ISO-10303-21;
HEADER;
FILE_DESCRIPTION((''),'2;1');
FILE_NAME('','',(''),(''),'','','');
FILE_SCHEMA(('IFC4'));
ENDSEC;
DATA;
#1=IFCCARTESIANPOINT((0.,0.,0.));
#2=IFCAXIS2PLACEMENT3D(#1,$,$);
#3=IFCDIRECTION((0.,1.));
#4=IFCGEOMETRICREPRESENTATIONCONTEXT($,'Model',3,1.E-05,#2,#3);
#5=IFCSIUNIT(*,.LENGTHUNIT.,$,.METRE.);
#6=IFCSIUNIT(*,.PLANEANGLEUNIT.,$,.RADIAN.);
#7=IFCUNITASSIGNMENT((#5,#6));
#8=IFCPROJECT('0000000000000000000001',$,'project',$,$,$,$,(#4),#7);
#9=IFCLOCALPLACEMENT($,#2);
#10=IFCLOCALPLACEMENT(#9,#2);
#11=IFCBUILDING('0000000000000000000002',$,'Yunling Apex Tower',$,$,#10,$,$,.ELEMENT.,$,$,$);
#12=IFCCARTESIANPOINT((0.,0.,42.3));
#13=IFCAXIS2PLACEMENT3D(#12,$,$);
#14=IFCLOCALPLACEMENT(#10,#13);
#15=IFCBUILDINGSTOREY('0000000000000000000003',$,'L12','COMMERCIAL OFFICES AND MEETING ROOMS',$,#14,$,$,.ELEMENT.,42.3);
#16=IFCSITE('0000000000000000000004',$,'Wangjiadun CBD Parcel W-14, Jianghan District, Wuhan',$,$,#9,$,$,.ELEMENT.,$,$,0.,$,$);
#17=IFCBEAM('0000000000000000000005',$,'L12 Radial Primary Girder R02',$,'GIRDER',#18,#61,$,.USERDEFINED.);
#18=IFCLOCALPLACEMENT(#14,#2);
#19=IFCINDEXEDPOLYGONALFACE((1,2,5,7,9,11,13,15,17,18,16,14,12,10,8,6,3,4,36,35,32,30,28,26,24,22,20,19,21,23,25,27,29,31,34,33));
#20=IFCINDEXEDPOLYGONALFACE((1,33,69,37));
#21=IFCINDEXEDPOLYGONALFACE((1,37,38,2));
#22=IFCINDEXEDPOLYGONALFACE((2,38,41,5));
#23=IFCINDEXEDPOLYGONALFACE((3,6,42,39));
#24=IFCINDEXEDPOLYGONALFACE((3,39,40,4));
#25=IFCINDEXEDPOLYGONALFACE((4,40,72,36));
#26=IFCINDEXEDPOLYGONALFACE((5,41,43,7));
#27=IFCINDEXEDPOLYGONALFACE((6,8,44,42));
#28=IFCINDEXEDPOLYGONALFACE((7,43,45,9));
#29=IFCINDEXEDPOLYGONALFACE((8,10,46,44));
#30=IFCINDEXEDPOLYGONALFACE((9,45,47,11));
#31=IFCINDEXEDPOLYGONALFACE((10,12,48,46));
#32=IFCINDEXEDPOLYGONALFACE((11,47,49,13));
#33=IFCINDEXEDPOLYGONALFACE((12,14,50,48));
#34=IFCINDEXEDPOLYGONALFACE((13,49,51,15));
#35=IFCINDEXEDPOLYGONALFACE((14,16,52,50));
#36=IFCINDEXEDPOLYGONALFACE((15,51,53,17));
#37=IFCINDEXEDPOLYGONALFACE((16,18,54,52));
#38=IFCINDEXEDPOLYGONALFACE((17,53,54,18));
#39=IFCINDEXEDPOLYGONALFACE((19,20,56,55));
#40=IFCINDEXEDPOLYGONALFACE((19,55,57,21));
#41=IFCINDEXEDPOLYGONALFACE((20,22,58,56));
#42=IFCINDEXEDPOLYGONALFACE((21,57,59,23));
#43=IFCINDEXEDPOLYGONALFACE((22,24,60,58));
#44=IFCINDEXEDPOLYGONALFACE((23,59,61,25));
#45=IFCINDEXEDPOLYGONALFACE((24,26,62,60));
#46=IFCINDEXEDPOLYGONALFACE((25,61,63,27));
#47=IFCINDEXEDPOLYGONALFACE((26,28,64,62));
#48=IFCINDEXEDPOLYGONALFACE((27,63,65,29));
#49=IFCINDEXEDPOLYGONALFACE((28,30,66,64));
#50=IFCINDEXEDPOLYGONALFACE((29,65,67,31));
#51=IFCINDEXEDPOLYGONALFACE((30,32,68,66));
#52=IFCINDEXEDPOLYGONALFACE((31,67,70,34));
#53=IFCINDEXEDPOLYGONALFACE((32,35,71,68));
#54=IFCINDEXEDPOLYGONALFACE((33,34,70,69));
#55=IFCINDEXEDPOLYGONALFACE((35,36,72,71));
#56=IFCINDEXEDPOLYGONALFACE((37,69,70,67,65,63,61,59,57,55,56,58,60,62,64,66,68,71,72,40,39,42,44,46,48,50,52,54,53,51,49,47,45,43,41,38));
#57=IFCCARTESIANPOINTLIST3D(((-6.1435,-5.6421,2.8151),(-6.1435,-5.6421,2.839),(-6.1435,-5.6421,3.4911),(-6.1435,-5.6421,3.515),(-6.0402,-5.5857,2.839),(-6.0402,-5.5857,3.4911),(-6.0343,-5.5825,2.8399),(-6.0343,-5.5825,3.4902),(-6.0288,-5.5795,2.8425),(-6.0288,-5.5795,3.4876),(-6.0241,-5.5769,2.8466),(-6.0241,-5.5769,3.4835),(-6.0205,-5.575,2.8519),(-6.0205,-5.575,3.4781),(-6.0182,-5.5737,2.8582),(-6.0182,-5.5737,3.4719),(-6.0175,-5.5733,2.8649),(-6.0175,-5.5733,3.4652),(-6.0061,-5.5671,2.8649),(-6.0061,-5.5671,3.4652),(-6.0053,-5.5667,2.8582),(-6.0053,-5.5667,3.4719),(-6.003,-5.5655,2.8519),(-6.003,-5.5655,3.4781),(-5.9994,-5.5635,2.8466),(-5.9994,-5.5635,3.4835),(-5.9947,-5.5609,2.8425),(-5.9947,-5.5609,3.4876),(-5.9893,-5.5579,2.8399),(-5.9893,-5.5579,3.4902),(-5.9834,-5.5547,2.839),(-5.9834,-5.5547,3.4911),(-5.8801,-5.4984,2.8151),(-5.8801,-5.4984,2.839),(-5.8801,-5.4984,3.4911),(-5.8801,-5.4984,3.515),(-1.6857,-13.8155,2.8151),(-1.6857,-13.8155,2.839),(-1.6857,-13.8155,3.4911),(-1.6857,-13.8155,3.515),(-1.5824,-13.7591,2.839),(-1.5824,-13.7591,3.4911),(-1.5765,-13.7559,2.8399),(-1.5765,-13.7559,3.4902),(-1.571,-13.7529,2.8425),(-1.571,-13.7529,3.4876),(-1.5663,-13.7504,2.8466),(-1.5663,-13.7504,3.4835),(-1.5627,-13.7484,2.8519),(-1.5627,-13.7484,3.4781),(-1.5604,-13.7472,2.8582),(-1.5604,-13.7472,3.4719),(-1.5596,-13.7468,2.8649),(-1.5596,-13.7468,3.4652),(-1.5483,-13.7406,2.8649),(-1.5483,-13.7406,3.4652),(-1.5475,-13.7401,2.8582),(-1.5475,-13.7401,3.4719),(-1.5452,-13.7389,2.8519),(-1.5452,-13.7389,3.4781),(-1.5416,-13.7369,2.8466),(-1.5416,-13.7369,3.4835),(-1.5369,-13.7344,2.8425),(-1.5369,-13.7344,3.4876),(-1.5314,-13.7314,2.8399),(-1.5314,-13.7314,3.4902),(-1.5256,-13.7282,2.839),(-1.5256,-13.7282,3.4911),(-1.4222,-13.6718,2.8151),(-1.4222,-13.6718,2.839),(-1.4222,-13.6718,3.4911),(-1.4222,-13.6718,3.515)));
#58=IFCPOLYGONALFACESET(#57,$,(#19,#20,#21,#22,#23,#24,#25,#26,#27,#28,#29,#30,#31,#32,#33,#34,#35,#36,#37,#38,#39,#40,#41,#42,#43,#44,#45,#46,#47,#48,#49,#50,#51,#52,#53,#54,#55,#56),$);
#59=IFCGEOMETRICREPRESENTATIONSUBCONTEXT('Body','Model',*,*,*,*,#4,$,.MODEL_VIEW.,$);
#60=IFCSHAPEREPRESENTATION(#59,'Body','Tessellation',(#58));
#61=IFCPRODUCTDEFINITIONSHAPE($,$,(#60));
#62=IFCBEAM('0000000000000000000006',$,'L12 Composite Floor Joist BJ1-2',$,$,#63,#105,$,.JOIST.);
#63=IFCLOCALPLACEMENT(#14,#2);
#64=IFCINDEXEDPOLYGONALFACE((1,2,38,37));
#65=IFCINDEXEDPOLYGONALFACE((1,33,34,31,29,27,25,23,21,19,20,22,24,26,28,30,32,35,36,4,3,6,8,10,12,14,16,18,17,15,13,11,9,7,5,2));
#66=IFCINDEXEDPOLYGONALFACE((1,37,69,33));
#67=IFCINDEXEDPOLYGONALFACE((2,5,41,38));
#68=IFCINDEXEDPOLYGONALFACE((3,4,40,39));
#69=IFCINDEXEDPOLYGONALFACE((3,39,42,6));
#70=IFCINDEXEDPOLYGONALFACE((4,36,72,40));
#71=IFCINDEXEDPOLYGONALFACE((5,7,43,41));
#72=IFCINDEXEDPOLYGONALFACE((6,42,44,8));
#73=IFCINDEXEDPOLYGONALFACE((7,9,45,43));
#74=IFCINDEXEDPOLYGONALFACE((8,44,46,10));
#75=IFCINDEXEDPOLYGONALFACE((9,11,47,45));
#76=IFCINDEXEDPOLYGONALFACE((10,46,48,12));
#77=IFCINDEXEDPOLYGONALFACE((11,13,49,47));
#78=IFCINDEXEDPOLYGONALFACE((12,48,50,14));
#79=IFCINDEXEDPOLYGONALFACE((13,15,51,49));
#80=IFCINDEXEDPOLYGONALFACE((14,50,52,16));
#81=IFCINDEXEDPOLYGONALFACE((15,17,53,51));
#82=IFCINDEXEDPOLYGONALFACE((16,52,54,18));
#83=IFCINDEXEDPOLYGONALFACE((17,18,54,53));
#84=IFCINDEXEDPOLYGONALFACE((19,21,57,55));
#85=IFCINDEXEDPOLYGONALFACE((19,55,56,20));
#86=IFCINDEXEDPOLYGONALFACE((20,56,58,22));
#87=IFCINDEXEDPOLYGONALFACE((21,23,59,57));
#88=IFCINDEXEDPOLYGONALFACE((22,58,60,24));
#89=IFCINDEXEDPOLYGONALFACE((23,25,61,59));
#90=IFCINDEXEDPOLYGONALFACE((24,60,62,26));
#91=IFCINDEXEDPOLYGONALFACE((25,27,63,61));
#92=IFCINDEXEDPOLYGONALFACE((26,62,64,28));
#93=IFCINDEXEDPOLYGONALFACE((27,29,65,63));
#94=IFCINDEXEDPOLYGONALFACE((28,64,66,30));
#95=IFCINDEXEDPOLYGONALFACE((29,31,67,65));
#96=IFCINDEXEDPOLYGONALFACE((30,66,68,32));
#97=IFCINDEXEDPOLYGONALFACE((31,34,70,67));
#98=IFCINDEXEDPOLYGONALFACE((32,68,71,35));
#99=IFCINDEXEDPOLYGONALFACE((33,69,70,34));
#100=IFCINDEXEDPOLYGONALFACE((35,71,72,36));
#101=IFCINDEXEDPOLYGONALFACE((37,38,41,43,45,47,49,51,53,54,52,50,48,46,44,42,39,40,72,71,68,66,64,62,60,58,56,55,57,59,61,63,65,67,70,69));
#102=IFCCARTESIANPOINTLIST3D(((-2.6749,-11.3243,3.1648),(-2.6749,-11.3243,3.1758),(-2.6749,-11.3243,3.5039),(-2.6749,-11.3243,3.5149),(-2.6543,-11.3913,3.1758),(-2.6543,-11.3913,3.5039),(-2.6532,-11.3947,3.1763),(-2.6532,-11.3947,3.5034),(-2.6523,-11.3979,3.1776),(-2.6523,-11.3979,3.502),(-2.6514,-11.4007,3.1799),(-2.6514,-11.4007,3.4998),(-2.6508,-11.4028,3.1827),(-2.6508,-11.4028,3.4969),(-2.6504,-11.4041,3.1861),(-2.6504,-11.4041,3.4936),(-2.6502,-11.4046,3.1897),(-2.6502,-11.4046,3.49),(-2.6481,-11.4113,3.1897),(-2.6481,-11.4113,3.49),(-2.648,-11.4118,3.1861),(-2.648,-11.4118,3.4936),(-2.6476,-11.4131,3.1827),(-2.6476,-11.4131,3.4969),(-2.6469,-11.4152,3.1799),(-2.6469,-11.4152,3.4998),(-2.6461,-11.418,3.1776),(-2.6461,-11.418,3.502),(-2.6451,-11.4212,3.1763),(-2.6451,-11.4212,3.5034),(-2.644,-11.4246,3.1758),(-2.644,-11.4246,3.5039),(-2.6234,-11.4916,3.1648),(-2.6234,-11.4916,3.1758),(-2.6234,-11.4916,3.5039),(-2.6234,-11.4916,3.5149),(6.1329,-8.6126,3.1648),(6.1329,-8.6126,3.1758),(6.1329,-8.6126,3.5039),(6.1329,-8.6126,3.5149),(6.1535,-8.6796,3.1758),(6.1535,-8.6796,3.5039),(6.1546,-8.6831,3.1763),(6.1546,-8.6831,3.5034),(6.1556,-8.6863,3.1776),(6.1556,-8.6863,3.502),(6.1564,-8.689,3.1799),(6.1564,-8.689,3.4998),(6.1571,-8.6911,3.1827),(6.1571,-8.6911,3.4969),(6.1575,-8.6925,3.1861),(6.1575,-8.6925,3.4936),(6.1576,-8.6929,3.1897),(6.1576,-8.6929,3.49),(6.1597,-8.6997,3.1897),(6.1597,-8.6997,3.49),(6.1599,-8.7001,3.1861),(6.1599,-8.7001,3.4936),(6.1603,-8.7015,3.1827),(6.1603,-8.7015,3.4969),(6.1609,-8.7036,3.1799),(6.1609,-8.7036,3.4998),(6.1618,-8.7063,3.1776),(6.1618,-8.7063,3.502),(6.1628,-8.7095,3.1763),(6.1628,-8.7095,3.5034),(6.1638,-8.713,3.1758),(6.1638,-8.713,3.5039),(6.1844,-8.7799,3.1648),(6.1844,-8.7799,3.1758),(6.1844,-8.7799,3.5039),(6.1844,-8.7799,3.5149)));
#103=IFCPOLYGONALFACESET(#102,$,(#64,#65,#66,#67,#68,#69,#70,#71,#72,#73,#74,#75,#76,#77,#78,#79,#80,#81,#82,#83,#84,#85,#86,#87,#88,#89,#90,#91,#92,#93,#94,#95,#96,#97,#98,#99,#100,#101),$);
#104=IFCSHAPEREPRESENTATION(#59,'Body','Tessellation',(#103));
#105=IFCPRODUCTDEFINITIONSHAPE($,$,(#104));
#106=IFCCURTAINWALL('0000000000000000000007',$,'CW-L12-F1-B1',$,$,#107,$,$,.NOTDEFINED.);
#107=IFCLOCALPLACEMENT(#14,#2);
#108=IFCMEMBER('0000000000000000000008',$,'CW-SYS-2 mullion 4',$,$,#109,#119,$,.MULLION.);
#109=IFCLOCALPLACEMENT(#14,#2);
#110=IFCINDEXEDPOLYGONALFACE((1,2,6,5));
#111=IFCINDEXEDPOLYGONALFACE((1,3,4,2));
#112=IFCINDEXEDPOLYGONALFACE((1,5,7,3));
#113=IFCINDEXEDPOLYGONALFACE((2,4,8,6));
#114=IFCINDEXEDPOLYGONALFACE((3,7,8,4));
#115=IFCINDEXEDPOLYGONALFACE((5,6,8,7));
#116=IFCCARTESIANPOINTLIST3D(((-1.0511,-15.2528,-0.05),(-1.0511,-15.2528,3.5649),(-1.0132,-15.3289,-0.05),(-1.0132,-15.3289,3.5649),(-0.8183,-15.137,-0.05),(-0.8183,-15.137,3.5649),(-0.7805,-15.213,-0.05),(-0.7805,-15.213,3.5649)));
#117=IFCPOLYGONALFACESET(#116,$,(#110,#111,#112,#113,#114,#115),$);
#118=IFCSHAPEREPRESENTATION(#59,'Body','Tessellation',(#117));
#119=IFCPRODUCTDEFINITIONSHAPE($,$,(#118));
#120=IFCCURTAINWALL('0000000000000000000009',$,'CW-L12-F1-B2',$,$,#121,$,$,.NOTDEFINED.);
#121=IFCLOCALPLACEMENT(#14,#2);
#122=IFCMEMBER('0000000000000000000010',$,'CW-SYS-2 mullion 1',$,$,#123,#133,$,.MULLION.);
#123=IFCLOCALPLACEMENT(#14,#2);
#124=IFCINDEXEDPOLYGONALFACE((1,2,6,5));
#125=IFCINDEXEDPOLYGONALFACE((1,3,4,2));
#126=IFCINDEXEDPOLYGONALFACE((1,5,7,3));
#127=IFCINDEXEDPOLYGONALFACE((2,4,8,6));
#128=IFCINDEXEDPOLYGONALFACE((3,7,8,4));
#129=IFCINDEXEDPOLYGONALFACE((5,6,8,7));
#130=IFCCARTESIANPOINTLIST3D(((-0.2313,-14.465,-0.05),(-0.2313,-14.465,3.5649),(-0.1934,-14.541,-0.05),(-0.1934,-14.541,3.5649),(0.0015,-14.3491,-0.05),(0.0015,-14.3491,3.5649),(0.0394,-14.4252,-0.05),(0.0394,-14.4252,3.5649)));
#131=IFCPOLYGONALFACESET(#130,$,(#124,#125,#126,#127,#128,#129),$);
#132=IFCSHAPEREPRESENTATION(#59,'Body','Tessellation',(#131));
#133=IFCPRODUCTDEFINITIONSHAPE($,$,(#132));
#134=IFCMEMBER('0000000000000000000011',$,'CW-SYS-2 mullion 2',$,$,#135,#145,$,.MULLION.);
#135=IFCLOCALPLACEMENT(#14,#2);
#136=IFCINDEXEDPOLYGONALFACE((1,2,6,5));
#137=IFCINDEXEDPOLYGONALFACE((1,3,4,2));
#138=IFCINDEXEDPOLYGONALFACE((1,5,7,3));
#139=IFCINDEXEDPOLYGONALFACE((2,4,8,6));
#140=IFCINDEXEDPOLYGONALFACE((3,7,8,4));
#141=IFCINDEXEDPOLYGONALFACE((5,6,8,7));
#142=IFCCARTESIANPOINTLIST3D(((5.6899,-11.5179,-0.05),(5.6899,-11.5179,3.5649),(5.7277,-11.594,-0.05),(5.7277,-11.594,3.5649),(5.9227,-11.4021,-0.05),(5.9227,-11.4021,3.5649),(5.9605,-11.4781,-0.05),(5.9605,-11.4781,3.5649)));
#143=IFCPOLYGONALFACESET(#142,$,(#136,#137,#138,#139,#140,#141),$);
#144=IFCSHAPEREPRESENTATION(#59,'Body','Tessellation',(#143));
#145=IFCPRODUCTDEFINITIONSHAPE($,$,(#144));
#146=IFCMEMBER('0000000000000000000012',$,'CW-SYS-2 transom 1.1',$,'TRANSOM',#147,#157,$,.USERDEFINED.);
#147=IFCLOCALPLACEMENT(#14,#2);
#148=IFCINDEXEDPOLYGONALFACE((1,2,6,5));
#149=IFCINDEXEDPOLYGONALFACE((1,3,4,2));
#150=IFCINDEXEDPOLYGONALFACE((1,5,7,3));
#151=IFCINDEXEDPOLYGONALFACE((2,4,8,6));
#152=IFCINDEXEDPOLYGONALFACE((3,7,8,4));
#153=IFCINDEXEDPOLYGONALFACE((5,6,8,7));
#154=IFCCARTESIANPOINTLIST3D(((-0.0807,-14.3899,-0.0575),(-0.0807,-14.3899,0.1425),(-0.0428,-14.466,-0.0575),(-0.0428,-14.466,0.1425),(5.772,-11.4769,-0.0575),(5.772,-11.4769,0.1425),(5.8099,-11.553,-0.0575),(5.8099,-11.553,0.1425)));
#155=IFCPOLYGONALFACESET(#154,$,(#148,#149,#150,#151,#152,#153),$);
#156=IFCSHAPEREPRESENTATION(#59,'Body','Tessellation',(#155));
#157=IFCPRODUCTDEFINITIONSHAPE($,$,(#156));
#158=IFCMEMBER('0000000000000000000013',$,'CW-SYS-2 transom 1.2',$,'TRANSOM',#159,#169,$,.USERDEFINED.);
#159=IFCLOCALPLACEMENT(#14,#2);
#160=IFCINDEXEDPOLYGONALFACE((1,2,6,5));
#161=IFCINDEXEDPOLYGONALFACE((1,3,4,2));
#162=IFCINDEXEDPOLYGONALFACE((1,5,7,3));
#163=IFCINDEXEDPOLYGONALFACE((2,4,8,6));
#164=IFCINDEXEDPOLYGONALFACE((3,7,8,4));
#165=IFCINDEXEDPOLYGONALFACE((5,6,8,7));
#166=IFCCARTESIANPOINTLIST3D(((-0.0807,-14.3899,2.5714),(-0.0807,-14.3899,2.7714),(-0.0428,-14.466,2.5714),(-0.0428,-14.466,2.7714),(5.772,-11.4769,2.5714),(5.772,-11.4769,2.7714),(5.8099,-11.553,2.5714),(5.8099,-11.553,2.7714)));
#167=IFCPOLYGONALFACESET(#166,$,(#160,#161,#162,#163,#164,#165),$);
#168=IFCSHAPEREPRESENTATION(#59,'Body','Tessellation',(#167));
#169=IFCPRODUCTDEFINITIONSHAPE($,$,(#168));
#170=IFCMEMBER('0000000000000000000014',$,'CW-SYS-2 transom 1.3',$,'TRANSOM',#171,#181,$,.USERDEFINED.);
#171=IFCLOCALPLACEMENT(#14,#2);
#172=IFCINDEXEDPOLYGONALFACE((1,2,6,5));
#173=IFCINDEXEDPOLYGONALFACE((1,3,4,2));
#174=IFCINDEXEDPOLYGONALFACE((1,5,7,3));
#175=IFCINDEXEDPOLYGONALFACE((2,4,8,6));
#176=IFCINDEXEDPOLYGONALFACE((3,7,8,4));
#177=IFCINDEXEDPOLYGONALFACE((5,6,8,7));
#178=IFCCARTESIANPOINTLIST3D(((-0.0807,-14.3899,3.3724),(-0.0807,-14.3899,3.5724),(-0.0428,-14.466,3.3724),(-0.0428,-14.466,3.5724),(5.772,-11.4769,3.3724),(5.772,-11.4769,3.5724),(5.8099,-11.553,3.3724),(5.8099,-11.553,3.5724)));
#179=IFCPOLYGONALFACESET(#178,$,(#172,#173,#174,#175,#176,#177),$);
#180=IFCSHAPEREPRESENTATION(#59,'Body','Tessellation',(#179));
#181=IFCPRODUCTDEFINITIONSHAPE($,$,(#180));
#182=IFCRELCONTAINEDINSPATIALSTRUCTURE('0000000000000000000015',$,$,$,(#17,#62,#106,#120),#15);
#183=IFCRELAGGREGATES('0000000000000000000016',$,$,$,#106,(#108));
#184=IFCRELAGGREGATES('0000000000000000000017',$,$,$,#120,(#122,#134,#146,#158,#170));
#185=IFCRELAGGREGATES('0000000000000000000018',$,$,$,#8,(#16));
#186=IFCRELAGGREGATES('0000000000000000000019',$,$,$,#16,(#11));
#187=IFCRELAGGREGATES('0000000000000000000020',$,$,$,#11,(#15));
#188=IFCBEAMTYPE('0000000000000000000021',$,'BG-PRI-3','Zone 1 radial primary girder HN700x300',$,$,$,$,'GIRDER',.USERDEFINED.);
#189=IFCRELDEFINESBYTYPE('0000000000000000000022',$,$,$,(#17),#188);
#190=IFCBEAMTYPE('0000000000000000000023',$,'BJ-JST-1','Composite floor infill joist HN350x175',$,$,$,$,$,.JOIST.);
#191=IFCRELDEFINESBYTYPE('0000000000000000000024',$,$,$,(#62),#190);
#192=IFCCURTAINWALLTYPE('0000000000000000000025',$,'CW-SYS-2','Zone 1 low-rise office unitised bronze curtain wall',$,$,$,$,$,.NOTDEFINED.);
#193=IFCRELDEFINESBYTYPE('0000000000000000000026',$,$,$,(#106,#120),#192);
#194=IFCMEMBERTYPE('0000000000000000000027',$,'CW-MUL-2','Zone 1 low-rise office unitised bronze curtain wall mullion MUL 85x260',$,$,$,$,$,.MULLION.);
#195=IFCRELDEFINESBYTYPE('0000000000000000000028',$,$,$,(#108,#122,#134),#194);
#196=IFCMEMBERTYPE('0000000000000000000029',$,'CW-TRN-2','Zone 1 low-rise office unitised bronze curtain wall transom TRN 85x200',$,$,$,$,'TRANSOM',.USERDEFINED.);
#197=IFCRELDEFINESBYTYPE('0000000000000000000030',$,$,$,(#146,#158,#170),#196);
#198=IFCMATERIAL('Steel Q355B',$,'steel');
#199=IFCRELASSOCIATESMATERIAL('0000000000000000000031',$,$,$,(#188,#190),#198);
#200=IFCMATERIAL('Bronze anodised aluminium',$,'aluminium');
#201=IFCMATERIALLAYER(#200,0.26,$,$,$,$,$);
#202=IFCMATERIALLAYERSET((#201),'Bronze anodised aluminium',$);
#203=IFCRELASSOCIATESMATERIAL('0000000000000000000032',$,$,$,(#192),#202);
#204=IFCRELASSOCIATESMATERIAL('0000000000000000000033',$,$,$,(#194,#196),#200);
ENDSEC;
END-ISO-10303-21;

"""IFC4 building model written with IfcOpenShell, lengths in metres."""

from ifc_helpers import new_model, si_unit, direction, frame, origin, origin_2d, place, context, subcontext, project, spatial, rectangle, i_section, extrude, source, transform, mapped, material, layer, layer_set, material_profile, profile_set, type_object, element, aggregate, save


model = new_model("IFC4")

# Units and contexts
model_context = context("Model", 3, precision=1e-05, world=origin(), true_north=direction((0.0, 1.0)))
body_context = subcontext(model_context, "Body", "Model", "MODEL_VIEW")
ifc_project = project(units=[si_unit("LENGTHUNIT", "METRE"), si_unit("PLANEANGLEUNIT", "RADIAN")], contexts=[model_context])

# Site, building, storey
site_placement = place(None, origin())
site = spatial("IfcSite", under=ifc_project, at=site_placement, Name="Wangjiadun CBD Parcel W-14, Jianghan District, Wuhan", CompositionType="ELEMENT", RefElevation=0.0)
building_placement = place(site_placement, origin())
building = spatial("IfcBuilding", under=site, at=building_placement, Name="Yunling Apex Tower", CompositionType="ELEMENT")
storey_placement = place(building_placement, frame((0.0, 0.0, 42.3)))
storey = spatial("IfcBuildingStorey", under=building, at=storey_placement, Name="L12", Description="COMMERCIAL OFFICES AND MEETING ROOMS", CompositionType="ELEMENT", Elevation=42.3)

# Beams
ifc_material_1 = material(Name="Steel Q355B", Category="steel")
ifc_material_profile_1 = material_profile(ifc_material_1, i_section(OverallWidth=0.3, OverallDepth=0.7, WebThickness=0.0129, FlangeThickness=0.0239, FilletRadius=0.0259, at=origin_2d()))
ifc_profile_set_1 = profile_set([ifc_material_profile_1], Name="Steel Q355B")
beam_type_1 = type_object("IfcBeamType", Name="BG-PRI-3", Description="Zone 1 radial primary girder HN700x300", ElementType="GIRDER", PredefinedType="USERDEFINED", material=ifc_profile_set_1)
shared_shape_1 = source(origin(), body_context, "Body", "SweptSolid", [
    extrude(i_section(OverallWidth=0.3, OverallDepth=0.7, WebThickness=0.0129, FlangeThickness=0.0239, FilletRadius=0.0259, at=origin_2d()), origin(), (0.0, 0.0, 1.0), 9.3101),
])
beam_1_placement = place(storey_placement, frame((-1.554, -13.7437, 3.165), z_axis=(-0.478817, 0.877915, 0.0), x_axis=(-0.877915, -0.478817, 0.0)))
element("IfcBeam", 1, at=beam_1_placement, inside=storey, type_object=beam_type_1, Name="L12 Radial Primary Girder R02", ObjectType="GIRDER", PredefinedType="USERDEFINED", context=body_context, shape_type="MappedRepresentation", body=[
    mapped(shared_shape_1, transform((0.0, 0.0, 0.0), scale=1.0)),
])
ifc_material_profile_2 = material_profile(ifc_material_1, i_section(OverallWidth=0.175, OverallDepth=0.3501, WebThickness=0.0071, FlangeThickness=0.011, FilletRadius=0.0139, at=origin_2d()))
ifc_profile_set_2 = profile_set([ifc_material_profile_2], Name="Steel Q355B")
beam_type_2 = type_object("IfcBeamType", Name="BJ-JST-1", Description="Composite floor infill joist HN350x175", PredefinedType="JOIST", material=ifc_profile_set_2)
shared_shape_2 = source(origin(), body_context, "Body", "SweptSolid", [
    extrude(i_section(OverallWidth=0.175, OverallDepth=0.3501, WebThickness=0.0071, FlangeThickness=0.011, FilletRadius=0.0139, at=origin_2d()), origin(), (0.0, 0.0, 1.0), 9.2158),
])
beam_2_placement = place(storey_placement, frame((-2.6492, -11.408, 3.3398), z_axis=(0.955731, 0.29424, 0.0), x_axis=(-0.29424, 0.955731, 0.0)))
element("IfcBeam", 2, at=beam_2_placement, inside=storey, type_object=beam_type_2, Name="L12 Composite Floor Joist BJ1-2", PredefinedType="JOIST", context=body_context, shape_type="MappedRepresentation", body=[
    mapped(shared_shape_2, transform((0.0, 0.0, 0.0), scale=1.0)),
])

# Curtain wall, member
ifc_material_2 = material(Name="Bronze anodised aluminium", Category="aluminium")
ifc_layer_1 = layer(ifc_material_2, 0.26)
ifc_layer_set_1 = layer_set([ifc_layer_1], Name="Bronze anodised aluminium")
curtain_wall_type = type_object("IfcCurtainWallType", Name="CW-SYS-2", Description="Zone 1 low-rise office unitised bronze curtain wall", PredefinedType="NOTDEFINED", material=ifc_layer_set_1)
curtain_wall_1_placement = place(storey_placement, origin())
curtain_wall_1 = element("IfcCurtainWall", 3, at=curtain_wall_1_placement, inside=storey, type_object=curtain_wall_type, Name="CW-L12-F1-B1", PredefinedType="NOTDEFINED")
ifc_material_profile_3 = material_profile(ifc_material_2, rectangle(XDim=0.085, YDim=0.26, at=origin_2d()))
ifc_profile_set_3 = profile_set([ifc_material_profile_3], Name="Bronze anodised aluminium")
member_type_1 = type_object("IfcMemberType", Name="CW-MUL-2", Description="Zone 1 low-rise office unitised bronze curtain wall mullion MUL 85x260", PredefinedType="MULLION", material=ifc_profile_set_3)
shared_shape_3 = source(origin(), body_context, "Body", "SweptSolid", [
    extrude(rectangle(XDim=0.085, YDim=0.26, at=origin_2d()), origin(), (0.0, 0.0, 1.0), 3.615),
])
member_1_placement = place(storey_placement, frame((-0.9158, -15.2329, -0.05), z_axis=(0.0, 0.0, 1.0), x_axis=(-0.445571, 0.895247, 0.0)))
member_1 = element("IfcMember", 4, at=member_1_placement, type_object=member_type_1, Name="CW-SYS-2 mullion 4", PredefinedType="MULLION", context=body_context, shape_type="MappedRepresentation", body=[
    mapped(shared_shape_3, transform((0.0, 0.0, 0.0), scale=1.0)),
])

# Curtain wall, members
curtain_wall_2_placement = place(storey_placement, origin())
curtain_wall_2 = element("IfcCurtainWall", 5, at=curtain_wall_2_placement, inside=storey, type_object=curtain_wall_type, Name="CW-L12-F1-B2", PredefinedType="NOTDEFINED")
member_2_placement = place(storey_placement, frame((-0.0959, -14.4451, -0.05), z_axis=(0.0, 0.0, 1.0), x_axis=(-0.445583, 0.895241, 0.0)))
member_2 = element("IfcMember", 6, at=member_2_placement, type_object=member_type_1, Name="CW-SYS-2 mullion 1", PredefinedType="MULLION", context=body_context, shape_type="MappedRepresentation", body=[
    mapped(shared_shape_3, transform((0.0, 0.0, 0.0), scale=1.0)),
])
member_3_placement = place(storey_placement, frame((5.8252, -11.498, -0.05), z_axis=(0.0, 0.0, 1.0), x_axis=(-0.445583, 0.895241, 0.0)))
member_3 = element("IfcMember", 7, at=member_3_placement, type_object=member_type_1, Name="CW-SYS-2 mullion 2", PredefinedType="MULLION", context=body_context, shape_type="MappedRepresentation", body=[
    mapped(shared_shape_3, transform((0.0, 0.0, 0.0), scale=1.0)),
])
ifc_material_profile_4 = material_profile(ifc_material_2, rectangle(XDim=0.085, YDim=0.2, at=origin_2d()))
ifc_profile_set_4 = profile_set([ifc_material_profile_4], Name="Bronze anodised aluminium")
member_type_2 = type_object("IfcMemberType", Name="CW-TRN-2", Description="Zone 1 low-rise office unitised bronze curtain wall transom TRN 85x200", ElementType="TRANSOM", PredefinedType="USERDEFINED", material=ifc_profile_set_4)
shared_shape_4 = source(origin(), body_context, "Body", "SweptSolid", [
    extrude(rectangle(XDim=0.085, YDim=0.2, at=origin_2d()), origin(), (0.0, 0.0, 1.0), 6.5376),
])
member_4_placement = place(storey_placement, frame((-0.0618, -14.428, 0.0425), z_axis=(0.89524, 0.445585, 0.0), x_axis=(-0.445585, 0.89524, 0.0)))
member_4 = element("IfcMember", 8, at=member_4_placement, type_object=member_type_2, Name="CW-SYS-2 transom 1.1", ObjectType="TRANSOM", PredefinedType="USERDEFINED", context=body_context, shape_type="MappedRepresentation", body=[
    mapped(shared_shape_4, transform((0.0, 0.0, 0.0), scale=1.0)),
])
member_5_placement = place(storey_placement, frame((-0.0618, -14.428, 2.6714), z_axis=(0.89524, 0.445585, 0.0), x_axis=(-0.445585, 0.89524, 0.0)))
member_5 = element("IfcMember", 9, at=member_5_placement, type_object=member_type_2, Name="CW-SYS-2 transom 1.2", ObjectType="TRANSOM", PredefinedType="USERDEFINED", context=body_context, shape_type="MappedRepresentation", body=[
    mapped(shared_shape_4, transform((0.0, 0.0, 0.0), scale=1.0)),
])
member_6_placement = place(storey_placement, frame((-0.0618, -14.428, 3.4724), z_axis=(0.89524, 0.445585, 0.0), x_axis=(-0.445585, 0.89524, 0.0)))
member_6 = element("IfcMember", 10, at=member_6_placement, type_object=member_type_2, Name="CW-SYS-2 transom 1.3", ObjectType="TRANSOM", PredefinedType="USERDEFINED", context=body_context, shape_type="MappedRepresentation", body=[
    mapped(shared_shape_4, transform((0.0, 0.0, 0.0), scale=1.0)),
])

aggregate(curtain_wall_1, [member_1])
aggregate(curtain_wall_2, [member_2, member_3, member_4, member_5, member_6])

save(model, "model.ifc")
